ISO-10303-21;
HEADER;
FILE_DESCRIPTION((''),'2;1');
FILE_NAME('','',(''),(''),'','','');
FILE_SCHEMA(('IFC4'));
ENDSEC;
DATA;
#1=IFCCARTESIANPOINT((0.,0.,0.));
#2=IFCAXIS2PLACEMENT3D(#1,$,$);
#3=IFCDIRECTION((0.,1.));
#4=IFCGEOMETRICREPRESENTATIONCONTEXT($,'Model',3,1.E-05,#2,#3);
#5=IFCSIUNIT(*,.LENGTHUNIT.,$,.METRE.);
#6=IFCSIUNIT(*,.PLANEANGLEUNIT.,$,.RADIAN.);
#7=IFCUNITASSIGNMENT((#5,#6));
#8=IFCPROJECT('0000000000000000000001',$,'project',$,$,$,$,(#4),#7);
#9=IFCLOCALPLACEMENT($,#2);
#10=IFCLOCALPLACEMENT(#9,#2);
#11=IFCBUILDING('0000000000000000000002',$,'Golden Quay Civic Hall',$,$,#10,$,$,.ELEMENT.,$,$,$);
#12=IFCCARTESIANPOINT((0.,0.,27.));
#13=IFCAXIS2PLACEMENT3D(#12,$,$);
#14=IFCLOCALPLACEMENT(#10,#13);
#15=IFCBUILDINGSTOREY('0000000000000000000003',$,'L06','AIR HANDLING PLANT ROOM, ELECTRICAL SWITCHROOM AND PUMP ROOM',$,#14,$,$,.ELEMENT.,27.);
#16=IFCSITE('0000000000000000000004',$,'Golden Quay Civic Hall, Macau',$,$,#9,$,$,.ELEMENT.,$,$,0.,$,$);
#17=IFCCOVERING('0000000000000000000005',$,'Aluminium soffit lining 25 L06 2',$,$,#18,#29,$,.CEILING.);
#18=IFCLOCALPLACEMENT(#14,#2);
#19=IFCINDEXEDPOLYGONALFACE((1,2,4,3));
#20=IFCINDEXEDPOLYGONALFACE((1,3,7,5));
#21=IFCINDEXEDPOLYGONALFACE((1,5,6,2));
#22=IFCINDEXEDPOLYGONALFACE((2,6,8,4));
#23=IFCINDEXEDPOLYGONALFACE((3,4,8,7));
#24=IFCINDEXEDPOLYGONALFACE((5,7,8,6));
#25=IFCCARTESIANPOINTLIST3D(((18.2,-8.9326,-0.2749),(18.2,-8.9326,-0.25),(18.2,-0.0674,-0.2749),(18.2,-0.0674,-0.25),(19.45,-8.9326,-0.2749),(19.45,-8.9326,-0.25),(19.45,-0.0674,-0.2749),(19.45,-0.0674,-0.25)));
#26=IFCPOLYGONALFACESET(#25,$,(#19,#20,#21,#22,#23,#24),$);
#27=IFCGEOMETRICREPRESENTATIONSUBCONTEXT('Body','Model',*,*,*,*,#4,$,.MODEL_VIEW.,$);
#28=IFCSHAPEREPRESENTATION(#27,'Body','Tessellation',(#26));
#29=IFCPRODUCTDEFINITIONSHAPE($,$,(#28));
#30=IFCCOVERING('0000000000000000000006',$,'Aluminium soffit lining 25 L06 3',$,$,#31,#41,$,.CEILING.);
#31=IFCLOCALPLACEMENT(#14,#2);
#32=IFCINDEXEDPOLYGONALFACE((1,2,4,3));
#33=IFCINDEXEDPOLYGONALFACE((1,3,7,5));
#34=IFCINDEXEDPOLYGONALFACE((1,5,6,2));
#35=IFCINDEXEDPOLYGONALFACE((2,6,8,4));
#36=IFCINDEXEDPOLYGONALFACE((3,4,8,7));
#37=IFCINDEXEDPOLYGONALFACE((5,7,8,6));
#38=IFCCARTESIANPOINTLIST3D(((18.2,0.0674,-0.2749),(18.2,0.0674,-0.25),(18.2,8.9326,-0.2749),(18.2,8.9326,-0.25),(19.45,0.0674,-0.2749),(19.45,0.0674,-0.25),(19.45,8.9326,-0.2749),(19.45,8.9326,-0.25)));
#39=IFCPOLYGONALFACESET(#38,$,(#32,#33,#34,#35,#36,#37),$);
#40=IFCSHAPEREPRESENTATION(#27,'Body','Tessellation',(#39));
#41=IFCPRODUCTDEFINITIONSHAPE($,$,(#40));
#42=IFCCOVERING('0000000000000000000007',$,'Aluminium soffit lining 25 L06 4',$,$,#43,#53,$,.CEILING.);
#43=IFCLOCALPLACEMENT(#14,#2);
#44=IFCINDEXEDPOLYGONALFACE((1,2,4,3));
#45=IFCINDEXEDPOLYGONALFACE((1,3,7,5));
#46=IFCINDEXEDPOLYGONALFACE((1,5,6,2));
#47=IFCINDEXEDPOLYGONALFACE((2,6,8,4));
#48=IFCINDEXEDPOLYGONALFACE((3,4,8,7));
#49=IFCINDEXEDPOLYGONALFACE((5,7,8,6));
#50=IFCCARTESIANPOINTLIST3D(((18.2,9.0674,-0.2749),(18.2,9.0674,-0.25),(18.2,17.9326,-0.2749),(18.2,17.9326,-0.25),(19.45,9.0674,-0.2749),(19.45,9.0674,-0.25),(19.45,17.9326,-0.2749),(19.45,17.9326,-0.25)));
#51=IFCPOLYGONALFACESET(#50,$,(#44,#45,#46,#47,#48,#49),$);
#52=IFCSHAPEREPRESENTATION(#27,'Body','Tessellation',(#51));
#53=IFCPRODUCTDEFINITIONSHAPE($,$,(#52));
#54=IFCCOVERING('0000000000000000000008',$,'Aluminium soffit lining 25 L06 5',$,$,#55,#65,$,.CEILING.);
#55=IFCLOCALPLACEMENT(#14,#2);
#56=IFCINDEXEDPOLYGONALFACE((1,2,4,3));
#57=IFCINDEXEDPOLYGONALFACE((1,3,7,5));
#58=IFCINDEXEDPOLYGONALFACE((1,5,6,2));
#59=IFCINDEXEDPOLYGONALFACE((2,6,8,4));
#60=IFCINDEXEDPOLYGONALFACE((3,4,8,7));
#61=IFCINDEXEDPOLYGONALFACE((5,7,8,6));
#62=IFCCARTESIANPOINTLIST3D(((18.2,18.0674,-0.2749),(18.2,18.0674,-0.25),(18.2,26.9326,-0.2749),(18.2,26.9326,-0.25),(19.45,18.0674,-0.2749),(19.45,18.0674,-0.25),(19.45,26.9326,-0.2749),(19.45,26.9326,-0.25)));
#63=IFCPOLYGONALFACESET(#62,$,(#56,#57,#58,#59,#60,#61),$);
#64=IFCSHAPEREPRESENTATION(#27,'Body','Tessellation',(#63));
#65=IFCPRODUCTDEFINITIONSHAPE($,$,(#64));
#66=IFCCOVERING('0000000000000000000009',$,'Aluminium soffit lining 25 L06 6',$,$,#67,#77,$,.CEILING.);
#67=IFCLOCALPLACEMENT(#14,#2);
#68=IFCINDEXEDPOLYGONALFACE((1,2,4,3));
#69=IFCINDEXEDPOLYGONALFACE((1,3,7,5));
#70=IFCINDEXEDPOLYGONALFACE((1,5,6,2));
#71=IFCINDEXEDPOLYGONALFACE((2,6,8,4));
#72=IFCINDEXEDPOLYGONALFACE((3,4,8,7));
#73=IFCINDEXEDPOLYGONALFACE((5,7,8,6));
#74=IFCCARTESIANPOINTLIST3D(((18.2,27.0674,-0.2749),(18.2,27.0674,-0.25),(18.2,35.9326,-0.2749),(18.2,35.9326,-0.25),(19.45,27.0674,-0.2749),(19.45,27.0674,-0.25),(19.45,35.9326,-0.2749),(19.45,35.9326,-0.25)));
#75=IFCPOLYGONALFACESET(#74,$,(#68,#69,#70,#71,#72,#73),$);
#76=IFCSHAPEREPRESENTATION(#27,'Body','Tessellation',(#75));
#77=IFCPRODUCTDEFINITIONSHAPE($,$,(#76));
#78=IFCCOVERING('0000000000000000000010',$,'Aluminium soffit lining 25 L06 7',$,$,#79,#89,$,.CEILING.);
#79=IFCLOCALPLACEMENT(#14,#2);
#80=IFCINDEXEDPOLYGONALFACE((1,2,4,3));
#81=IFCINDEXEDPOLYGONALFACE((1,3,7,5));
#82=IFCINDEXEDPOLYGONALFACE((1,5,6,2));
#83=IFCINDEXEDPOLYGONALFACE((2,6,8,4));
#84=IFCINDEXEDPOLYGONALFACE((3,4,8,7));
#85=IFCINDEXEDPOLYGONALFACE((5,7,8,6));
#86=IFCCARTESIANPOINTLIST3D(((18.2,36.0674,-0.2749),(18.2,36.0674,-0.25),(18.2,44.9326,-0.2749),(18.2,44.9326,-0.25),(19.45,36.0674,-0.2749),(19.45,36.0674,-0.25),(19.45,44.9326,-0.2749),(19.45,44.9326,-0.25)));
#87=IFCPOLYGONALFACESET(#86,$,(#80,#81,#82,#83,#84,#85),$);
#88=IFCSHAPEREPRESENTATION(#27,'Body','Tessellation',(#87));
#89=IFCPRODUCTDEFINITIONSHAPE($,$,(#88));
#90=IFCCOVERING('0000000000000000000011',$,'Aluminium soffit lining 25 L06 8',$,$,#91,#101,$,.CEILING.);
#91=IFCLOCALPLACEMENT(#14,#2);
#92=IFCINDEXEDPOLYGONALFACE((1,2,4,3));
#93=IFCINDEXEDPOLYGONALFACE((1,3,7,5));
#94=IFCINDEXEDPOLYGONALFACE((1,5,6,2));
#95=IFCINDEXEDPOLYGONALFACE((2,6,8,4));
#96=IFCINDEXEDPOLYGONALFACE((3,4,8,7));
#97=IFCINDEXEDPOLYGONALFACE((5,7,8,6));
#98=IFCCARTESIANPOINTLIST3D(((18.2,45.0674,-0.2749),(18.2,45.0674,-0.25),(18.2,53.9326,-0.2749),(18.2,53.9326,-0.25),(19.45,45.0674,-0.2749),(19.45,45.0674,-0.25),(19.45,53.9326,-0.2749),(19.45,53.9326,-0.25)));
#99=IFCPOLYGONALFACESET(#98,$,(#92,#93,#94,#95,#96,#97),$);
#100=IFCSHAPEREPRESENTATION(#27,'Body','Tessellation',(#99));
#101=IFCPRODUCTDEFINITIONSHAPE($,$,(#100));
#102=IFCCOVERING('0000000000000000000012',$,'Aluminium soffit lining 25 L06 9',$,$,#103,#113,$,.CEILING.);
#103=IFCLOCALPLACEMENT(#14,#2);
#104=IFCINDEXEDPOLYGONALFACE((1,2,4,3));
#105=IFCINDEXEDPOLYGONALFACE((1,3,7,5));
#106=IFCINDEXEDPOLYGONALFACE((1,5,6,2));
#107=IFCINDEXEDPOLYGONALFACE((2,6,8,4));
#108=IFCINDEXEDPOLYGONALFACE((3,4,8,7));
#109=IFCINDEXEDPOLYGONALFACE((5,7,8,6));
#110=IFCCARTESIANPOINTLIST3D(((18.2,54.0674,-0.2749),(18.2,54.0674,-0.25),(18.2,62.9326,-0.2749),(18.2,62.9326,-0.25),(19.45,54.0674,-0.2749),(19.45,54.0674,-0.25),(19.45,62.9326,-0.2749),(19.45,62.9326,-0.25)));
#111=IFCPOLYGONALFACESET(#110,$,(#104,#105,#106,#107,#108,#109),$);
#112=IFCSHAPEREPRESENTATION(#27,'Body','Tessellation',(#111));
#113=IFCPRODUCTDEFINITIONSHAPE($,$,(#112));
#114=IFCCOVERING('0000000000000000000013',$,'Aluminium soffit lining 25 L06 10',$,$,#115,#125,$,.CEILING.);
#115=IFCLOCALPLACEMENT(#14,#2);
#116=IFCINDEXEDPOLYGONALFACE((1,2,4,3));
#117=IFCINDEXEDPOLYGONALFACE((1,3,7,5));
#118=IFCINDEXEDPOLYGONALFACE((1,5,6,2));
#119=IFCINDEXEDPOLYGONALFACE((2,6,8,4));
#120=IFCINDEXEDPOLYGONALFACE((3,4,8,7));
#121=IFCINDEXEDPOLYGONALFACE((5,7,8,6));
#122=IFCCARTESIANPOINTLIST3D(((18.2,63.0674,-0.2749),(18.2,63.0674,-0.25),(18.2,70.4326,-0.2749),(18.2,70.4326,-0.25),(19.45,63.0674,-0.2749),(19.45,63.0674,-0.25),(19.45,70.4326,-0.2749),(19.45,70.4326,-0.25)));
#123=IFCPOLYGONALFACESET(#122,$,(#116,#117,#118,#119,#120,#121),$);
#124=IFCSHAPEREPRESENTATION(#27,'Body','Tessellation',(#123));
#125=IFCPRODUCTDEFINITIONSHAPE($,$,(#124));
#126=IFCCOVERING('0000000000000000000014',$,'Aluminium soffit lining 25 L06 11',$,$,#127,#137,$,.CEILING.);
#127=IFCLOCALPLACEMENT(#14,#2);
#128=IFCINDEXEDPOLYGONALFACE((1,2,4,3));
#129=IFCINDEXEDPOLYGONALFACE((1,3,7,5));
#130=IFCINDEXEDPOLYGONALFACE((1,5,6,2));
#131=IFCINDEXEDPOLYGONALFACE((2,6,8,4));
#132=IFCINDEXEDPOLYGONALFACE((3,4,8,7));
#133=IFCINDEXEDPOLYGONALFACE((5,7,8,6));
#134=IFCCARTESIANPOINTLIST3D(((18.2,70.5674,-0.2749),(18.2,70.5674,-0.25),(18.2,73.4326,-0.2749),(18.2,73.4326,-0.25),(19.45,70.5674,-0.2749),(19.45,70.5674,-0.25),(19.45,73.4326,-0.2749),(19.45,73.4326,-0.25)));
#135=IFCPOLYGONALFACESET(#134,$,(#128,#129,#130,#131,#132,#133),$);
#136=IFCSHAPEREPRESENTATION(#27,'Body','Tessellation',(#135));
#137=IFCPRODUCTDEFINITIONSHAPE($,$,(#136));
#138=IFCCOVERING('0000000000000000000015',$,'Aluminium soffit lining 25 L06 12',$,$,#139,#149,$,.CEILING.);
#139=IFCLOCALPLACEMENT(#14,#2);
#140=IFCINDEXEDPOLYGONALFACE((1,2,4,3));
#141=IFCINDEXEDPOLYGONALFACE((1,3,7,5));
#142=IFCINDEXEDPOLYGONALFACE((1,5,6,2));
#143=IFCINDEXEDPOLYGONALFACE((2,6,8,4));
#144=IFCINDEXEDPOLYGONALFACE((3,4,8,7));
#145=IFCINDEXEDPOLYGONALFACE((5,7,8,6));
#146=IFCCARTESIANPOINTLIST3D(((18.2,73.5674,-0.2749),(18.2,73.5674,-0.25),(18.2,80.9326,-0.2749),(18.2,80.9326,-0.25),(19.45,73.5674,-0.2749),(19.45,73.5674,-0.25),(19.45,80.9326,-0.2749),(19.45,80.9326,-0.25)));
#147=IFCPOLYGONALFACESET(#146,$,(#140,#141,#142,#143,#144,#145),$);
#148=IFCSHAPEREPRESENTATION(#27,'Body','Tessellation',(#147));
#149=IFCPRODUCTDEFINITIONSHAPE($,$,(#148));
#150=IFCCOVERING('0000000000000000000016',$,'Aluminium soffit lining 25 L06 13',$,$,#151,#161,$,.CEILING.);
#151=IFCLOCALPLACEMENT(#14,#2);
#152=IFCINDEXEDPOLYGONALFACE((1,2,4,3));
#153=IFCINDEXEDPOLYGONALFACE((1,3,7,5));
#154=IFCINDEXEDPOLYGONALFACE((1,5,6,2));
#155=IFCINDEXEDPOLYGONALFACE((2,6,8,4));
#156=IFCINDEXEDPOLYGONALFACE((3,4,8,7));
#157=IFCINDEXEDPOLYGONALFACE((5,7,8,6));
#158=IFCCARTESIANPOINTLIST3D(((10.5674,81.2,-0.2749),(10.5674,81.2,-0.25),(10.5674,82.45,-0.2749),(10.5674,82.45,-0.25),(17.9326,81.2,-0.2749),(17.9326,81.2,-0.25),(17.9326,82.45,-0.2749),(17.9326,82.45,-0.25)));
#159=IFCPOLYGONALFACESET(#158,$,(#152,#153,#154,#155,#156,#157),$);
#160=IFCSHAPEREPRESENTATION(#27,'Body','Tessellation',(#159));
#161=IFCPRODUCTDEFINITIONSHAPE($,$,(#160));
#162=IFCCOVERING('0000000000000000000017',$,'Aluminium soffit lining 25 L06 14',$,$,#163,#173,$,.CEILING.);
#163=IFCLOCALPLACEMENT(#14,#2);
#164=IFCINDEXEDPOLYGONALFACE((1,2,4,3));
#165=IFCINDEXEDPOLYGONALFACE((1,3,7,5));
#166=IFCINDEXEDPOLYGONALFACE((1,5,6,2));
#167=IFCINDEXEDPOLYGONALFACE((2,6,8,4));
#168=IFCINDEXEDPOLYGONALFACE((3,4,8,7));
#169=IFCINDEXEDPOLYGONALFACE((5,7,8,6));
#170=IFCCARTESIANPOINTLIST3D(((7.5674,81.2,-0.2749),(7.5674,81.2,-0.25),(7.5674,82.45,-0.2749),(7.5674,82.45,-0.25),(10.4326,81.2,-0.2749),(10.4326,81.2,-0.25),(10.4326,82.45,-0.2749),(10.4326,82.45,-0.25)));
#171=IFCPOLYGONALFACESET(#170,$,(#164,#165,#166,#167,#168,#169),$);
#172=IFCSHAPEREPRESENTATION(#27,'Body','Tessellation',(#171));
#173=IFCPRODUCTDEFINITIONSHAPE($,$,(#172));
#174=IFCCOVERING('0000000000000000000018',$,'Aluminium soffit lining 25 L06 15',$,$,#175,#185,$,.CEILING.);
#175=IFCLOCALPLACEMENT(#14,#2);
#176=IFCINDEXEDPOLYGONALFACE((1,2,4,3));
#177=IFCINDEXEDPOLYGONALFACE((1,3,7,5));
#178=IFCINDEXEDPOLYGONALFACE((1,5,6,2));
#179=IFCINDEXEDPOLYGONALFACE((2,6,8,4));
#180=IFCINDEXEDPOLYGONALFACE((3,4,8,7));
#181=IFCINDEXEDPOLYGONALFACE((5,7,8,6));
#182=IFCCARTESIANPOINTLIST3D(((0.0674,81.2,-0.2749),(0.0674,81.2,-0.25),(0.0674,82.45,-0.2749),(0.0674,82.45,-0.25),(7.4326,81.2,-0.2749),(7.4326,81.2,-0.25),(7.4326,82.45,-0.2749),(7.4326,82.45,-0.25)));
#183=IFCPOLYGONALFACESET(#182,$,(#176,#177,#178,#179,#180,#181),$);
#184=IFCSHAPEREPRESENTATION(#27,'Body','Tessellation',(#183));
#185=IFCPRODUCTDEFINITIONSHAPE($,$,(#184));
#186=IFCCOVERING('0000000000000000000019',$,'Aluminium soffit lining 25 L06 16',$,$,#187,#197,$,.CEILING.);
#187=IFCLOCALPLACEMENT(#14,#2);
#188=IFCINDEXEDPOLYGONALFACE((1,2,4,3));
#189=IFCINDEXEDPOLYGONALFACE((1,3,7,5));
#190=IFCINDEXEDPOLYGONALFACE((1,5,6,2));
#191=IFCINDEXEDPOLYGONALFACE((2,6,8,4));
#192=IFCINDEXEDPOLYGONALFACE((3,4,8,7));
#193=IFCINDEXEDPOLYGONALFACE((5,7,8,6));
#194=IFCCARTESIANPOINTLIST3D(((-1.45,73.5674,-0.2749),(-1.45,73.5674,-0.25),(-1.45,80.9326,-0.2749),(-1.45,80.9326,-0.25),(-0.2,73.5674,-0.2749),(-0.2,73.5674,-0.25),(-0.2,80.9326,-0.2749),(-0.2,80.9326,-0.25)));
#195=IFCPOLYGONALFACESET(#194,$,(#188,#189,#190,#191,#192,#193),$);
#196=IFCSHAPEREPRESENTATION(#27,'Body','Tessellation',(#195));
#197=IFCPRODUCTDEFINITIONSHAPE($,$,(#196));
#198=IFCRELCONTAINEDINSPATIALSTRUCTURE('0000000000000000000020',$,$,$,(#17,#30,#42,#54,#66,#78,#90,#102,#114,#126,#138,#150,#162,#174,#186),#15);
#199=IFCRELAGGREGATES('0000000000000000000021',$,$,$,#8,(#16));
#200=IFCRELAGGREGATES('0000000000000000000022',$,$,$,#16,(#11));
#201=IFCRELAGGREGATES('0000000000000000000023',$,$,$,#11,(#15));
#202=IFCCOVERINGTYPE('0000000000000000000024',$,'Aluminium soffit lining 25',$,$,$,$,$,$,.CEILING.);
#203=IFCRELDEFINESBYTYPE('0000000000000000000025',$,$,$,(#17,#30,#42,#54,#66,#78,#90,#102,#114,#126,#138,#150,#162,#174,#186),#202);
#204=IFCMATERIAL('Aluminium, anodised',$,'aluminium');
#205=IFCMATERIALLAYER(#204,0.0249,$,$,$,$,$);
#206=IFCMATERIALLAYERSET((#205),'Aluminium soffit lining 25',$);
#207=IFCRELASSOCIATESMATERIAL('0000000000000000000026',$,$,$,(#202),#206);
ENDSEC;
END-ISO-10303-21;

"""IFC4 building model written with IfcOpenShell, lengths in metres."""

from ifc_helpers import new_model, si_unit, direction, frame, origin, place, context, subcontext, project, spatial, polyline, outline, extrude, material, layer, layer_set, type_object, element, save


model = new_model("IFC4")

# Units and contexts
model_context = context("Model", 3, precision=1e-05, world=origin(), true_north=direction((0.0, 1.0)))
body_context = subcontext(model_context, "Body", "Model", "MODEL_VIEW")
ifc_project = project(units=[si_unit("LENGTHUNIT", "METRE"), si_unit("PLANEANGLEUNIT", "RADIAN")], contexts=[model_context])

# Site, building, storey
site_placement = place(None, origin())
site = spatial("IfcSite", under=ifc_project, at=site_placement, Name="Golden Quay Civic Hall, Macau", CompositionType="ELEMENT", RefElevation=0.0)
building_placement = place(site_placement, origin())
building = spatial("IfcBuilding", under=site, at=building_placement, Name="Golden Quay Civic Hall", CompositionType="ELEMENT")
storey_placement = place(building_placement, frame((0.0, 0.0, 27.0)))
storey = spatial("IfcBuildingStorey", under=building, at=storey_placement, Name="L06", Description="AIR HANDLING PLANT ROOM, ELECTRICAL SWITCHROOM AND PUMP ROOM", CompositionType="ELEMENT", Elevation=27.0)

# Coverings
ifc_material = material(Name="Aluminium, anodised", Category="aluminium")
ifc_layer = layer(ifc_material, 0.0249)
ifc_layer_set = layer_set([ifc_layer], Name="Aluminium soffit lining 25")
covering_type = type_object("IfcCoveringType", Name="Aluminium soffit lining 25", PredefinedType="CEILING", material=ifc_layer_set)
covering_1_placement = place(storey_placement, frame((0.0, 0.0, -0.2749)))
element("IfcCovering", 1, at=covering_1_placement, inside=storey, type_object=covering_type, Name="Aluminium soffit lining 25 L06 2", PredefinedType="CEILING", context=body_context, shape_type="SweptSolid", body=[
    extrude(outline(polyline([(18.2, -0.0674), (19.45, -0.0674), (19.45, -8.9326), (18.2, -8.9326), (18.2, -0.0674)])), origin(), (0.0, 0.0, 1.0), 0.0249),
])
covering_2_placement = place(storey_placement, frame((0.0, 0.0, -0.2749)))
element("IfcCovering", 2, at=covering_2_placement, inside=storey, type_object=covering_type, Name="Aluminium soffit lining 25 L06 3", PredefinedType="CEILING", context=body_context, shape_type="SweptSolid", body=[
    extrude(outline(polyline([(18.2, 8.9326), (19.45, 8.9326), (19.45, 0.0674), (18.2, 0.0674), (18.2, 8.9326)])), origin(), (0.0, 0.0, 1.0), 0.0249),
])
covering_3_placement = place(storey_placement, frame((0.0, 0.0, -0.2749)))
element("IfcCovering", 3, at=covering_3_placement, inside=storey, type_object=covering_type, Name="Aluminium soffit lining 25 L06 4", PredefinedType="CEILING", context=body_context, shape_type="SweptSolid", body=[
    extrude(outline(polyline([(18.2, 17.9326), (19.45, 17.9326), (19.45, 9.0674), (18.2, 9.0674), (18.2, 17.9326)])), origin(), (0.0, 0.0, 1.0), 0.0249),
])
covering_4_placement = place(storey_placement, frame((0.0, 0.0, -0.2749)))
element("IfcCovering", 4, at=covering_4_placement, inside=storey, type_object=covering_type, Name="Aluminium soffit lining 25 L06 5", PredefinedType="CEILING", context=body_context, shape_type="SweptSolid", body=[
    extrude(outline(polyline([(18.2, 26.9326), (19.45, 26.9326), (19.45, 18.0674), (18.2, 18.0674), (18.2, 26.9326)])), origin(), (0.0, 0.0, 1.0), 0.0249),
])
covering_5_placement = place(storey_placement, frame((0.0, 0.0, -0.2749)))
element("IfcCovering", 5, at=covering_5_placement, inside=storey, type_object=covering_type, Name="Aluminium soffit lining 25 L06 6", PredefinedType="CEILING", context=body_context, shape_type="SweptSolid", body=[
    extrude(outline(polyline([(18.2, 35.9326), (19.45, 35.9326), (19.45, 27.0674), (18.2, 27.0674), (18.2, 35.9326)])), origin(), (0.0, 0.0, 1.0), 0.0249),
])
covering_6_placement = place(storey_placement, frame((0.0, 0.0, -0.2749)))
element("IfcCovering", 6, at=covering_6_placement, inside=storey, type_object=covering_type, Name="Aluminium soffit lining 25 L06 7", PredefinedType="CEILING", context=body_context, shape_type="SweptSolid", body=[
    extrude(outline(polyline([(18.2, 44.9326), (19.45, 44.9326), (19.45, 36.0674), (18.2, 36.0674), (18.2, 44.9326)])), origin(), (0.0, 0.0, 1.0), 0.0249),
])
covering_7_placement = place(storey_placement, frame((0.0, 0.0, -0.2749)))
element("IfcCovering", 7, at=covering_7_placement, inside=storey, type_object=covering_type, Name="Aluminium soffit lining 25 L06 8", PredefinedType="CEILING", context=body_context, shape_type="SweptSolid", body=[
    extrude(outline(polyline([(18.2, 53.9326), (19.45, 53.9326), (19.45, 45.0674), (18.2, 45.0674), (18.2, 53.9326)])), origin(), (0.0, 0.0, 1.0), 0.0249),
])
covering_8_placement = place(storey_placement, frame((0.0, 0.0, -0.2749)))
element("IfcCovering", 8, at=covering_8_placement, inside=storey, type_object=covering_type, Name="Aluminium soffit lining 25 L06 9", PredefinedType="CEILING", context=body_context, shape_type="SweptSolid", body=[
    extrude(outline(polyline([(18.2, 62.9326), (19.45, 62.9326), (19.45, 54.0674), (18.2, 54.0674), (18.2, 62.9326)])), origin(), (0.0, 0.0, 1.0), 0.0249),
])
covering_9_placement = place(storey_placement, frame((0.0, 0.0, -0.2749)))
element("IfcCovering", 9, at=covering_9_placement, inside=storey, type_object=covering_type, Name="Aluminium soffit lining 25 L06 10", PredefinedType="CEILING", context=body_context, shape_type="SweptSolid", body=[
    extrude(outline(polyline([(18.2, 70.4326), (19.45, 70.4326), (19.45, 63.0674), (18.2, 63.0674), (18.2, 70.4326)])), origin(), (0.0, 0.0, 1.0), 0.0249),
])
covering_10_placement = place(storey_placement, frame((0.0, 0.0, -0.2749)))
element("IfcCovering", 10, at=covering_10_placement, inside=storey, type_object=covering_type, Name="Aluminium soffit lining 25 L06 11", PredefinedType="CEILING", context=body_context, shape_type="SweptSolid", body=[
    extrude(outline(polyline([(18.2, 73.4326), (19.45, 73.4326), (19.45, 70.5674), (18.2, 70.5674), (18.2, 73.4326)])), origin(), (0.0, 0.0, 1.0), 0.0249),
])
covering_11_placement = place(storey_placement, frame((0.0, 0.0, -0.2749)))
element("IfcCovering", 11, at=covering_11_placement, inside=storey, type_object=covering_type, Name="Aluminium soffit lining 25 L06 12", PredefinedType="CEILING", context=body_context, shape_type="SweptSolid", body=[
    extrude(outline(polyline([(18.2, 80.9326), (19.45, 80.9326), (19.45, 73.5674), (18.2, 73.5674), (18.2, 80.9326)])), origin(), (0.0, 0.0, 1.0), 0.0249),
])
covering_12_placement = place(storey_placement, frame((0.0, 0.0, -0.2749)))
element("IfcCovering", 12, at=covering_12_placement, inside=storey, type_object=covering_type, Name="Aluminium soffit lining 25 L06 13", PredefinedType="CEILING", context=body_context, shape_type="SweptSolid", body=[
    extrude(outline(polyline([(10.5674, 81.2), (10.5674, 82.45), (17.9326, 82.45), (17.9326, 81.2), (10.5674, 81.2)])), origin(), (0.0, 0.0, 1.0), 0.0249),
])
covering_13_placement = place(storey_placement, frame((0.0, 0.0, -0.2749)))
element("IfcCovering", 13, at=covering_13_placement, inside=storey, type_object=covering_type, Name="Aluminium soffit lining 25 L06 14", PredefinedType="CEILING", context=body_context, shape_type="SweptSolid", body=[
    extrude(outline(polyline([(7.5674, 81.2), (7.5674, 82.45), (10.4326, 82.45), (10.4326, 81.2), (7.5674, 81.2)])), origin(), (0.0, 0.0, 1.0), 0.0249),
])
covering_14_placement = place(storey_placement, frame((0.0, 0.0, -0.2749)))
element("IfcCovering", 14, at=covering_14_placement, inside=storey, type_object=covering_type, Name="Aluminium soffit lining 25 L06 15", PredefinedType="CEILING", context=body_context, shape_type="SweptSolid", body=[
    extrude(outline(polyline([(0.0674, 81.2), (0.0674, 82.45), (7.4326, 82.45), (7.4326, 81.2), (0.0674, 81.2)])), origin(), (0.0, 0.0, 1.0), 0.0249),
])
covering_15_placement = place(storey_placement, frame((0.0, 0.0, -0.2749)))
element("IfcCovering", 15, at=covering_15_placement, inside=storey, type_object=covering_type, Name="Aluminium soffit lining 25 L06 16", PredefinedType="CEILING", context=body_context, shape_type="SweptSolid", body=[
    extrude(outline(polyline([(-0.2, 73.5674), (-1.45, 73.5674), (-1.45, 80.9326), (-0.2, 80.9326), (-0.2, 73.5674)])), origin(), (0.0, 0.0, 1.0), 0.0249),
])

save(model, "model.ifc")
